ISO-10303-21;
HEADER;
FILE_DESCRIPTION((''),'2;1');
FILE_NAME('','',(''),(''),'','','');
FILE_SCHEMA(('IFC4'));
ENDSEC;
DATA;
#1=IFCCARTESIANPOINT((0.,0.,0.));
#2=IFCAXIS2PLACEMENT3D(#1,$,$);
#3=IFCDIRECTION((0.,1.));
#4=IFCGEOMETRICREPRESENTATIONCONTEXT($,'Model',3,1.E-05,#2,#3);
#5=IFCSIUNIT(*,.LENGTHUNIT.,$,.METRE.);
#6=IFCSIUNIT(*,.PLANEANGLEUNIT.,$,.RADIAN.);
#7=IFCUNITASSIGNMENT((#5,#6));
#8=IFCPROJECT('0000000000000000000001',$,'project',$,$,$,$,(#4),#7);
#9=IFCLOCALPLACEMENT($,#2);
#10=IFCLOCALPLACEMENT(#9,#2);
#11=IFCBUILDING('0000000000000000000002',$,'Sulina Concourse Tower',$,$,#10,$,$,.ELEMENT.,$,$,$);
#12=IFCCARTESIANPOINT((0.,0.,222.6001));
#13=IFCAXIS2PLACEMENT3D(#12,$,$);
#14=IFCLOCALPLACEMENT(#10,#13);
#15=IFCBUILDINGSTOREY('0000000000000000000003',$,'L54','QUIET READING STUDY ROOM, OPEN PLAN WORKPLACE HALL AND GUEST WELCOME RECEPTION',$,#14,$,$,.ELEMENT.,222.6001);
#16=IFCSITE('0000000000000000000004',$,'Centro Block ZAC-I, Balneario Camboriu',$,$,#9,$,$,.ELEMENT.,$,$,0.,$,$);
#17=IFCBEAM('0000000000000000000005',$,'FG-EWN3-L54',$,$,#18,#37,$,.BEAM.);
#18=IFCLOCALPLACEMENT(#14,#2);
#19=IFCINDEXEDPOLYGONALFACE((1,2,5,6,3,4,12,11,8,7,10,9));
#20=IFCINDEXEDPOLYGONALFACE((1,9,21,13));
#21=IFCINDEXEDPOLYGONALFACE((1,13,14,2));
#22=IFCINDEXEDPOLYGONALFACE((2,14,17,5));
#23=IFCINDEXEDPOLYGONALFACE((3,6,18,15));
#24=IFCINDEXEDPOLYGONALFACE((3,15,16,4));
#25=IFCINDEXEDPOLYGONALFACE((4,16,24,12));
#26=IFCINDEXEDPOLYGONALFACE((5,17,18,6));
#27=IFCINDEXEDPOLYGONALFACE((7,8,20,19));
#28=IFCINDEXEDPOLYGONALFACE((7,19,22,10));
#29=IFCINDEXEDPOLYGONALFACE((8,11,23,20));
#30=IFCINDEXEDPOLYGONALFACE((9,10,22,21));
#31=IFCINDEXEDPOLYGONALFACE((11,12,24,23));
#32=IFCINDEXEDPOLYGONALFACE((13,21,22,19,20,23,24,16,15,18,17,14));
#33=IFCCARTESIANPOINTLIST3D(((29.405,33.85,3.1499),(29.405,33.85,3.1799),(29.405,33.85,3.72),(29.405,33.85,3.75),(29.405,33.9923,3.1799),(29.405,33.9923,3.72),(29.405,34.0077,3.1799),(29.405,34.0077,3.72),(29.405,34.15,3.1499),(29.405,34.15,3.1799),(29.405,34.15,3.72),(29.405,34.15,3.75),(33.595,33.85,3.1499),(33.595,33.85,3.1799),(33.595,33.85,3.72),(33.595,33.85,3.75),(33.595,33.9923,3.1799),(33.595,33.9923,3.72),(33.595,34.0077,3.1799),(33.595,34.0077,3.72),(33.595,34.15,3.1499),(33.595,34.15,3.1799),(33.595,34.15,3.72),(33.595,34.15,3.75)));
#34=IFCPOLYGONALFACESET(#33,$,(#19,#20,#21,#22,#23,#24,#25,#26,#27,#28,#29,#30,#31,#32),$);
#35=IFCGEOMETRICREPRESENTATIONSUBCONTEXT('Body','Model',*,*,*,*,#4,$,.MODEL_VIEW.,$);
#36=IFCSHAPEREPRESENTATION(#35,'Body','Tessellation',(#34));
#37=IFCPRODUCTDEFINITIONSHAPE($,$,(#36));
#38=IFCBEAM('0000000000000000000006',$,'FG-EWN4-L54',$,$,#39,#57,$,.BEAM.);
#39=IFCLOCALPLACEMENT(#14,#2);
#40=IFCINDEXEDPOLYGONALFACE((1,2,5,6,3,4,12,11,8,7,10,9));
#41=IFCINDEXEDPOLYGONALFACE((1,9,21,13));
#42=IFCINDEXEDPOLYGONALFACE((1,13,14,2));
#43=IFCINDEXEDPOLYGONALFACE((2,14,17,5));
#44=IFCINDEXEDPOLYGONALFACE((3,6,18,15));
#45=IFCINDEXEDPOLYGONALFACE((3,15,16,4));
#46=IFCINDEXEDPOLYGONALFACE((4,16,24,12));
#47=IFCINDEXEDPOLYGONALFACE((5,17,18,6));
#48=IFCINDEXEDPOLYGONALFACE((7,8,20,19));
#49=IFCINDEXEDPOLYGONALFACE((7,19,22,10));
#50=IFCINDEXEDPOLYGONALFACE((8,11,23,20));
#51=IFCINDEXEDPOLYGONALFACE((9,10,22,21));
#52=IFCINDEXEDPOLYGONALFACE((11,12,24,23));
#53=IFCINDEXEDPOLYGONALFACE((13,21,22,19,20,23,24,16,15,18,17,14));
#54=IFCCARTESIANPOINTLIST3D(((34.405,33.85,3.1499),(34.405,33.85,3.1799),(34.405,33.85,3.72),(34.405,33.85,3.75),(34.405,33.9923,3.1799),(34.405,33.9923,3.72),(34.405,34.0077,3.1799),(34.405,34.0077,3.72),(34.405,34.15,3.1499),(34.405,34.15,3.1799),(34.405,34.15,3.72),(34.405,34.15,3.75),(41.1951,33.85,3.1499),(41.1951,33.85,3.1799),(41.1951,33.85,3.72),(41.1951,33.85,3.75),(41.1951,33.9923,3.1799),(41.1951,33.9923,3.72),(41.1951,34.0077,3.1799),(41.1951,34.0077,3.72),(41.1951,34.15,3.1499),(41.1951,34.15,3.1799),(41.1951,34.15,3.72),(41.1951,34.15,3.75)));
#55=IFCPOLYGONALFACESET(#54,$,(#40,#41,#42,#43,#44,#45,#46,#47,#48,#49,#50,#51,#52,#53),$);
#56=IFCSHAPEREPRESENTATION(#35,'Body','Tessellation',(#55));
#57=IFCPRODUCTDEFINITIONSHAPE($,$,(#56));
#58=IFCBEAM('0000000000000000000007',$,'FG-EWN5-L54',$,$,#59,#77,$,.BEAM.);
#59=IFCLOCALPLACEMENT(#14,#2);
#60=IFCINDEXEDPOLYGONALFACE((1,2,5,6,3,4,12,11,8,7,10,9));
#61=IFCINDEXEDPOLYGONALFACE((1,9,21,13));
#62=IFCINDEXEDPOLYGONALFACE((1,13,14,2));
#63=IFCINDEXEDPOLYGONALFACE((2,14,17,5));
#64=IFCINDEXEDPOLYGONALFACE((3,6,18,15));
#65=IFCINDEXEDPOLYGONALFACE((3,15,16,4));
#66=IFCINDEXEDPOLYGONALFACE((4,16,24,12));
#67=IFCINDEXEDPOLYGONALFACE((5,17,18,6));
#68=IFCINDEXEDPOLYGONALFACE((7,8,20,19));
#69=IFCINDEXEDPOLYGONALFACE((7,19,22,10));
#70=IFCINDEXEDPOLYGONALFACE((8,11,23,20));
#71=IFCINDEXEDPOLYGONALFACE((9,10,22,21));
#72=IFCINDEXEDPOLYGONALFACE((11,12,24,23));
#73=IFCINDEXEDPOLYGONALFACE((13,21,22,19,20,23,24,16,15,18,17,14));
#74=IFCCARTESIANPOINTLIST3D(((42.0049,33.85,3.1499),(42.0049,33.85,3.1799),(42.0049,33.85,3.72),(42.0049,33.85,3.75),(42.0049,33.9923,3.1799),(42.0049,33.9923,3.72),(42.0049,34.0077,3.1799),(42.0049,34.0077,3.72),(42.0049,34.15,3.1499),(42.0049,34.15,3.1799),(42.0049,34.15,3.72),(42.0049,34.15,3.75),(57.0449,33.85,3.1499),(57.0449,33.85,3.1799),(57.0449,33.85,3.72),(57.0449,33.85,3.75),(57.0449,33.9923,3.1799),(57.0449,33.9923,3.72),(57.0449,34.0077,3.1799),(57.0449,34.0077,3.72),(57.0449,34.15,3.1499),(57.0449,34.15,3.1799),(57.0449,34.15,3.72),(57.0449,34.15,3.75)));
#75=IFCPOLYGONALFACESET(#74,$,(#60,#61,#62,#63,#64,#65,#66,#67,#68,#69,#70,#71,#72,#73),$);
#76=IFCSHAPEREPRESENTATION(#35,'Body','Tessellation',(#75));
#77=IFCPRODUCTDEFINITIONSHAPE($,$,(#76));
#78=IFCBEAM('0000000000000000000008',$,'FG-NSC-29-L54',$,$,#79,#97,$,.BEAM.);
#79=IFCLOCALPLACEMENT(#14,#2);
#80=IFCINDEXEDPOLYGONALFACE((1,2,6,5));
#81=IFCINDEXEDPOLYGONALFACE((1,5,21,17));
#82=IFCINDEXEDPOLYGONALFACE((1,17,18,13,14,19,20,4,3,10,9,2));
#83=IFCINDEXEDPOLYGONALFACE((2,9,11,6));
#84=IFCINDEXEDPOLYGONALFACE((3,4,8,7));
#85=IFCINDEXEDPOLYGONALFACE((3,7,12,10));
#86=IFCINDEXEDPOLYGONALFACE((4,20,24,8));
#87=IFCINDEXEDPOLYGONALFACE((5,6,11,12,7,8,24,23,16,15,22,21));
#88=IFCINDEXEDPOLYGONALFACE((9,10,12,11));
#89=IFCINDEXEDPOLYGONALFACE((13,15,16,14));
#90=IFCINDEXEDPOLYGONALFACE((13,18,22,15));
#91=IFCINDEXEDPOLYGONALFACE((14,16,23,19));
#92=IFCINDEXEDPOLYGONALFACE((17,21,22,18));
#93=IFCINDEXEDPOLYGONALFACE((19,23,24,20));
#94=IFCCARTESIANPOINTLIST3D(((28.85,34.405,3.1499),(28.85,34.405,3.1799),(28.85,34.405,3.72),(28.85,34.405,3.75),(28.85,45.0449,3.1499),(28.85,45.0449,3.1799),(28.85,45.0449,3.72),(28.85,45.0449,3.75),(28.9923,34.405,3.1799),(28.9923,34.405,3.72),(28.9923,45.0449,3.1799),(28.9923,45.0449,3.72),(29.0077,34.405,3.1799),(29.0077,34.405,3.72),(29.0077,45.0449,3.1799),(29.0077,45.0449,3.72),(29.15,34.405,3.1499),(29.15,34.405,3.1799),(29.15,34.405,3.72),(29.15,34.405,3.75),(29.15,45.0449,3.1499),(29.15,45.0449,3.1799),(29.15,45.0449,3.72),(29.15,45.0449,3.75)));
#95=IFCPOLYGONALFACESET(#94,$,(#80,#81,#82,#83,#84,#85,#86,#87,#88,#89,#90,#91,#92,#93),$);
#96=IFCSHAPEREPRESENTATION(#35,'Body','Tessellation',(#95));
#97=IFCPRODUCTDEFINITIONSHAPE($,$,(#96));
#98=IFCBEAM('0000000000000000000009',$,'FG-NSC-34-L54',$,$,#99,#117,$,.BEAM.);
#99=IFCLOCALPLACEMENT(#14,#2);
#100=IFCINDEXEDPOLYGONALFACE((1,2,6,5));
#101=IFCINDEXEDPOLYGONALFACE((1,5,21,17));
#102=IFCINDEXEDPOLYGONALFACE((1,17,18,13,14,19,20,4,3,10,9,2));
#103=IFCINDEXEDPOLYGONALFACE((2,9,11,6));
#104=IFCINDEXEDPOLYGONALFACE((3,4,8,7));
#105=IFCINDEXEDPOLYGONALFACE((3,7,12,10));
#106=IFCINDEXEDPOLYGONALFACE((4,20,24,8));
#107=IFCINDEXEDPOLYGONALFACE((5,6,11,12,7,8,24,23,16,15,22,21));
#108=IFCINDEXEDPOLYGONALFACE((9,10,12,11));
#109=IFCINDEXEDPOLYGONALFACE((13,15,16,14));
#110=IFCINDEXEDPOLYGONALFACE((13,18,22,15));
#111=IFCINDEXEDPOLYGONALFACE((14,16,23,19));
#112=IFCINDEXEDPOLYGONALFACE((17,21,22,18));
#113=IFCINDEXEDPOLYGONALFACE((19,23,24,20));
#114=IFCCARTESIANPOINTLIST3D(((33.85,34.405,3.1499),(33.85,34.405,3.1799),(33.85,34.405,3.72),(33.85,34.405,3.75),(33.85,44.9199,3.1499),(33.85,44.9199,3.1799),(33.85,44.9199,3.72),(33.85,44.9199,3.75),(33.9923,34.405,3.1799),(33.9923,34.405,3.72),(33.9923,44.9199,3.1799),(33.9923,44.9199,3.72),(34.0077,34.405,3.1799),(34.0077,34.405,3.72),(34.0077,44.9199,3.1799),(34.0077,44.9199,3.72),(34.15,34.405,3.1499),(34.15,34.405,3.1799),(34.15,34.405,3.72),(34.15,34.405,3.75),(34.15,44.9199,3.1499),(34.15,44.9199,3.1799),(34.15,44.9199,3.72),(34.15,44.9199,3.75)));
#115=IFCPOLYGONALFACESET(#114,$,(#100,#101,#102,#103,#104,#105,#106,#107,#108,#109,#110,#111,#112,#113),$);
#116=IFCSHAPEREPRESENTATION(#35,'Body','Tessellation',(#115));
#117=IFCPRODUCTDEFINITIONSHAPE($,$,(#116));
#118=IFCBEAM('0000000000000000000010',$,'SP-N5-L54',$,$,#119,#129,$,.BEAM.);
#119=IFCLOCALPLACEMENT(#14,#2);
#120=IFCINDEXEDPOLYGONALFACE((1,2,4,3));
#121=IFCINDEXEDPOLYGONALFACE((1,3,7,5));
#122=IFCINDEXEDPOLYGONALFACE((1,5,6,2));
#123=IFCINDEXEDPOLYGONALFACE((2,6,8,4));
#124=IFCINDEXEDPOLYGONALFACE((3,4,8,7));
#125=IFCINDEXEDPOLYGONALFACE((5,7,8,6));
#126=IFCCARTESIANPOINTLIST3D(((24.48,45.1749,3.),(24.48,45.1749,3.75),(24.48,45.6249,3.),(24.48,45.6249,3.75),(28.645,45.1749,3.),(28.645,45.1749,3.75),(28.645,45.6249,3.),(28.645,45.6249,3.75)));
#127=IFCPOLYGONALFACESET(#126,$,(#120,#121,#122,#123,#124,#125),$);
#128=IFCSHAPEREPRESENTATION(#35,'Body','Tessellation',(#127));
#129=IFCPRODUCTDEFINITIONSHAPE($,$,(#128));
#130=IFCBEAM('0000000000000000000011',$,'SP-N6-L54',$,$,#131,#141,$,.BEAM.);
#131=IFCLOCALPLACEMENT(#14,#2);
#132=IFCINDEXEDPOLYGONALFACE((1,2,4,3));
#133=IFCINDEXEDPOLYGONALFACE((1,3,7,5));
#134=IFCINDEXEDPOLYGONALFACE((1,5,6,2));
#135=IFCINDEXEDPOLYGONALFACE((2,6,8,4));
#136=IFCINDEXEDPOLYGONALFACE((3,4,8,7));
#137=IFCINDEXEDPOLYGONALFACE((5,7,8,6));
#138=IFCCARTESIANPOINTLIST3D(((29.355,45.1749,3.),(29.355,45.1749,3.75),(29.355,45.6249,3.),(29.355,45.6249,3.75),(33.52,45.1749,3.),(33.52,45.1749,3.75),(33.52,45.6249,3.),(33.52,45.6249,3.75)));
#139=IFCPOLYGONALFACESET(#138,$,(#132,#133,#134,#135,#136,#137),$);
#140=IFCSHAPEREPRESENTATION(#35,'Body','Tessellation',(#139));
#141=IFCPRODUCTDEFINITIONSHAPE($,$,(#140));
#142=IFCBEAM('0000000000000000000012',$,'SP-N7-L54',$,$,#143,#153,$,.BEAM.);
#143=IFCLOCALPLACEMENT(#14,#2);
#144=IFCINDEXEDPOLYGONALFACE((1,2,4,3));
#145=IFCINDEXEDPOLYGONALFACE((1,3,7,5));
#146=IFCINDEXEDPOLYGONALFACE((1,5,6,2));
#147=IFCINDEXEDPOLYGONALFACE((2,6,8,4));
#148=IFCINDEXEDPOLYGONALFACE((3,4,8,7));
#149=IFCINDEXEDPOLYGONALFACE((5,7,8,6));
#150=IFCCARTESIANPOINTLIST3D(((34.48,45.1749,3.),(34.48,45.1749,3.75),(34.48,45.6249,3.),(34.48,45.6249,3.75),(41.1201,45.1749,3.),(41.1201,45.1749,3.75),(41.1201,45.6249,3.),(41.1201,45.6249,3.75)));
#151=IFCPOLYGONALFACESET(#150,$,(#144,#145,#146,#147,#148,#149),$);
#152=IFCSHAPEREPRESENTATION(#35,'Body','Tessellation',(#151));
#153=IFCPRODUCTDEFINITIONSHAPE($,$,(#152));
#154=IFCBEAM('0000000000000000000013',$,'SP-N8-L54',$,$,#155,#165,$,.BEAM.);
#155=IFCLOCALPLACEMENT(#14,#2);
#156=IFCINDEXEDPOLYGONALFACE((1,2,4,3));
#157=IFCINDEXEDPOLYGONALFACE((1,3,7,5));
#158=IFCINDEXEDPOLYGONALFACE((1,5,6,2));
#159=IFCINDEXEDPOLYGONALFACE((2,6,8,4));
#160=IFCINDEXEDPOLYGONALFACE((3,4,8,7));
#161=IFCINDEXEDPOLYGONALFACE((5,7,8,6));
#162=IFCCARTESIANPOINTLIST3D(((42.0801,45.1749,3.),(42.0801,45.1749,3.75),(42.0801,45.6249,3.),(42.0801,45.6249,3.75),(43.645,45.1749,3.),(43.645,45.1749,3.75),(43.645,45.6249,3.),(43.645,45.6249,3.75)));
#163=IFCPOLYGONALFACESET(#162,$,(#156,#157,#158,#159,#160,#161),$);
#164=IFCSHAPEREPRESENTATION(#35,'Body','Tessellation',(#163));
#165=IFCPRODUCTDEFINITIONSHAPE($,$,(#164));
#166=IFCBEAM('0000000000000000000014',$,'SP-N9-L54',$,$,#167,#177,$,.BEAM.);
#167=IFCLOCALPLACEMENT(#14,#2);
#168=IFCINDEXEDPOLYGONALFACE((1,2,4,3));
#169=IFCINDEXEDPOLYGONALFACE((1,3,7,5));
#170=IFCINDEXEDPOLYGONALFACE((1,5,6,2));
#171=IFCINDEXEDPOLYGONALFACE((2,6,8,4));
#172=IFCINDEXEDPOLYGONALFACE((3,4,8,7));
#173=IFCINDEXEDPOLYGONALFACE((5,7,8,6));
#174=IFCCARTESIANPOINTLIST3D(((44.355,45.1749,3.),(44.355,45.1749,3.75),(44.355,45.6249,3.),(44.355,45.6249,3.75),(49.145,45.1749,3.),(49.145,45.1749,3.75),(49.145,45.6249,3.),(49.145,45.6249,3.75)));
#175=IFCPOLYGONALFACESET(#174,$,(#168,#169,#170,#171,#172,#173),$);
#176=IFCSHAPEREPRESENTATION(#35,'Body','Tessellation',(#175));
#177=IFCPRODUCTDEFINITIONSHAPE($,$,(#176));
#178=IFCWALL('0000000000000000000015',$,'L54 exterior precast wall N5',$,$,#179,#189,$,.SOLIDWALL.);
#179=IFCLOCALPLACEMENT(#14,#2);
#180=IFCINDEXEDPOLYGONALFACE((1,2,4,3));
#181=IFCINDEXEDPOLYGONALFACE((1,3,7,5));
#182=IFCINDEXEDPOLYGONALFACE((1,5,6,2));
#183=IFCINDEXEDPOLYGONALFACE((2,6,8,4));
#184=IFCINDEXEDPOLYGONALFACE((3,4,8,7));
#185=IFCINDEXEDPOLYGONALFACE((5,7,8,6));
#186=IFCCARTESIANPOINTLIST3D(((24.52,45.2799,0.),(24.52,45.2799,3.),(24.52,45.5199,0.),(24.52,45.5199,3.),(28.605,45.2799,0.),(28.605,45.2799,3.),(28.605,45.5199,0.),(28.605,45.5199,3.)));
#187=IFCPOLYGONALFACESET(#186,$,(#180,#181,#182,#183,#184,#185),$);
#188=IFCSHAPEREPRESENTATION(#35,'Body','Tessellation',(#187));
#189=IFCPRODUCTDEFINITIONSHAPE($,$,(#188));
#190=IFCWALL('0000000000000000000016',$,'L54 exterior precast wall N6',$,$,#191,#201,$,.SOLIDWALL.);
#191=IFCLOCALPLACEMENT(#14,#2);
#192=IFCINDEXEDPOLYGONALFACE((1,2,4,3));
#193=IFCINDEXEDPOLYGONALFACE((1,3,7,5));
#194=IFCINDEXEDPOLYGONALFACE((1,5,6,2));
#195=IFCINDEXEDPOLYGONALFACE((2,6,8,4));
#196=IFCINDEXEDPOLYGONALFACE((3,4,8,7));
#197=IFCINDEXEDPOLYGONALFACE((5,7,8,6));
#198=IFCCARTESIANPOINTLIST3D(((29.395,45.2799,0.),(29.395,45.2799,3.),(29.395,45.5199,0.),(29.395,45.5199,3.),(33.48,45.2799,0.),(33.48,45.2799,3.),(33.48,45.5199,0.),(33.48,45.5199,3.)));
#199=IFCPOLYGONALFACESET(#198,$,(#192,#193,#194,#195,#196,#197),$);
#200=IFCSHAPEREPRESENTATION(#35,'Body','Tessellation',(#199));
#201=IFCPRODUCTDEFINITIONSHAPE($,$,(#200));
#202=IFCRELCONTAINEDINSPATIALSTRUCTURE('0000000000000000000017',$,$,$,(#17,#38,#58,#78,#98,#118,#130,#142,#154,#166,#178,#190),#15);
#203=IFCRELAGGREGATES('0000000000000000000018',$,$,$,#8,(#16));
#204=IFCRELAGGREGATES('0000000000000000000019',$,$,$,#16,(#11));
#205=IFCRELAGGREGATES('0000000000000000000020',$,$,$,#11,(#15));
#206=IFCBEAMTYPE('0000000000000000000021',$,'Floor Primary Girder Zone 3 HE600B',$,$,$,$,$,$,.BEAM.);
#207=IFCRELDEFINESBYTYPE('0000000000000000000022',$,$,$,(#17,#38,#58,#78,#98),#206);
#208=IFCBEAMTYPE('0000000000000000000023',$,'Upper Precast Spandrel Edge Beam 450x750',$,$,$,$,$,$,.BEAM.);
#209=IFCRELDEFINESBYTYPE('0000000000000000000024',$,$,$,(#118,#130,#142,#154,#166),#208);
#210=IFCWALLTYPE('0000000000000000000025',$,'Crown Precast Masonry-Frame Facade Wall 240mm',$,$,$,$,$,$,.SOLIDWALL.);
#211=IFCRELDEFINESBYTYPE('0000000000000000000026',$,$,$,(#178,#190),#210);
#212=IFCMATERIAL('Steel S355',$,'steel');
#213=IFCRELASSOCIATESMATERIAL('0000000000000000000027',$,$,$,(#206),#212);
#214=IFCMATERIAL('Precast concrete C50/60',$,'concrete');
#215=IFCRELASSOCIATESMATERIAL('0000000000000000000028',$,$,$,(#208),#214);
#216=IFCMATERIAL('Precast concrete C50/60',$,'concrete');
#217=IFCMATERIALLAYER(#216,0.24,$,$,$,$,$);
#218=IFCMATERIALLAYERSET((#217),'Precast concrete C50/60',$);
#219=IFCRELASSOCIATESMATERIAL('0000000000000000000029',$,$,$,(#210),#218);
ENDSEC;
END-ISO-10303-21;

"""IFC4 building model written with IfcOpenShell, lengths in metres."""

from ifc_helpers import new_model, si_unit, direction, frame, frame_2d, origin, origin_2d, place, context, subcontext, project, spatial, rectangle, i_section, extrude, material, layer, layer_set, material_profile, profile_set, type_object, element, save


model = new_model("IFC4")

# Units and contexts
model_context = context("Model", 3, precision=1e-05, world=origin(), true_north=direction((0.0, 1.0)))
body_context = subcontext(model_context, "Body", "Model", "MODEL_VIEW")
ifc_project = project(units=[si_unit("LENGTHUNIT", "METRE"), si_unit("PLANEANGLEUNIT", "RADIAN")], contexts=[model_context])

# Site, building, storey
site_placement = place(None, origin())
site = spatial("IfcSite", under=ifc_project, at=site_placement, Name="Centro Block ZAC-I, Balneario Camboriu", CompositionType="ELEMENT", RefElevation=0.0)
building_placement = place(site_placement, origin())
building = spatial("IfcBuilding", under=site, at=building_placement, Name="Sulina Concourse Tower", CompositionType="ELEMENT")
storey_placement = place(building_placement, frame((0.0, 0.0, 222.6001)))
storey = spatial("IfcBuildingStorey", under=building, at=storey_placement, Name="L54", Description="QUIET READING STUDY ROOM, OPEN PLAN WORKPLACE HALL AND GUEST WELCOME RECEPTION", CompositionType="ELEMENT", Elevation=222.6001)

# Beams
ifc_material_1 = material(Name="Steel S355", Category="steel")
ifc_material_profile_1 = material_profile(ifc_material_1, i_section(OverallWidth=0.3, OverallDepth=0.6001, WebThickness=0.0154, FlangeThickness=0.03, at=origin_2d()), Name="HE 600 B")
ifc_profile_set_1 = profile_set([ifc_material_profile_1], Name="Steel S355")
beam_type_1 = type_object("IfcBeamType", Name="Floor Primary Girder Zone 3 HE600B", PredefinedType="BEAM", material=ifc_profile_set_1)
beam_1_placement = place(storey_placement, frame((29.405, 34.0, 3.45), z_axis=(1.0, 0.0, 0.0), x_axis=(0.0, 1.0, 0.0)))
element("IfcBeam", 1, at=beam_1_placement, inside=storey, type_object=beam_type_1, Name="FG-EWN3-L54", PredefinedType="BEAM", context=body_context, shape_type="SweptSolid", body=[
    extrude(i_section(OverallWidth=0.3, OverallDepth=0.6001, WebThickness=0.0154, FlangeThickness=0.03, at=origin_2d()), origin(), (0.0, 0.0, 1.0), 4.1899),
])
beam_2_placement = place(storey_placement, frame((34.405, 34.0, 3.45), z_axis=(1.0, 0.0, 0.0), x_axis=(0.0, 1.0, 0.0)))
element("IfcBeam", 2, at=beam_2_placement, inside=storey, type_object=beam_type_1, Name="FG-EWN4-L54", PredefinedType="BEAM", context=body_context, shape_type="SweptSolid", body=[
    extrude(i_section(OverallWidth=0.3, OverallDepth=0.6001, WebThickness=0.0154, FlangeThickness=0.03, at=origin_2d()), origin(), (0.0, 0.0, 1.0), 6.79),
])
beam_3_placement = place(storey_placement, frame((42.0049, 34.0, 3.45), z_axis=(1.0, 0.0, 0.0), x_axis=(0.0, 1.0, 0.0)))
element("IfcBeam", 3, at=beam_3_placement, inside=storey, type_object=beam_type_1, Name="FG-EWN5-L54", PredefinedType="BEAM", context=body_context, shape_type="SweptSolid", body=[
    extrude(i_section(OverallWidth=0.3, OverallDepth=0.6001, WebThickness=0.0154, FlangeThickness=0.03, at=origin_2d()), origin(), (0.0, 0.0, 1.0), 15.04),
])
beam_4_placement = place(storey_placement, frame((29.0, 34.405, 3.45), z_axis=(0.0, 1.0, 0.0), x_axis=(-1.0, 0.0, 0.0)))
element("IfcBeam", 4, at=beam_4_placement, inside=storey, type_object=beam_type_1, Name="FG-NSC-29-L54", PredefinedType="BEAM", context=body_context, shape_type="SweptSolid", body=[
    extrude(i_section(OverallWidth=0.3, OverallDepth=0.6001, WebThickness=0.0154, FlangeThickness=0.03, at=origin_2d()), origin(), (0.0, 0.0, 1.0), 10.6399),
])
beam_5_placement = place(storey_placement, frame((34.0, 34.405, 3.45), z_axis=(0.0, 1.0, 0.0), x_axis=(-1.0, 0.0, 0.0)))
element("IfcBeam", 5, at=beam_5_placement, inside=storey, type_object=beam_type_1, Name="FG-NSC-34-L54", PredefinedType="BEAM", context=body_context, shape_type="SweptSolid", body=[
    extrude(i_section(OverallWidth=0.3, OverallDepth=0.6001, WebThickness=0.0154, FlangeThickness=0.03, at=origin_2d()), origin(), (0.0, 0.0, 1.0), 10.5149),
])
ifc_material_2 = material(Name="Precast concrete C50/60", Category="concrete")
ifc_material_profile_2 = material_profile(ifc_material_2, rectangle(XDim=0.45, YDim=0.75, at=origin_2d()), Name="RC 450x750")
ifc_profile_set_2 = profile_set([ifc_material_profile_2], Name="Precast concrete C50/60")
beam_type_2 = type_object("IfcBeamType", Name="Upper Precast Spandrel Edge Beam 450x750", PredefinedType="BEAM", material=ifc_profile_set_2)
for number, where, z_axis, x_axis, name in (
    (6, (24.48, 45.3999, 3.375), (1.0, 0.0, 0.0), (0.0, 1.0, 0.0), "SP-N5-L54"),
    (7, (29.355, 45.3999, 3.375), (1.0, 0.0, 0.0), (0.0, 1.0, 0.0), "SP-N6-L54"),
):
    element("IfcBeam", number, at=place(storey_placement, frame(where, z_axis=z_axis, x_axis=x_axis)), inside=storey, type_object=beam_type_2, Name=name, PredefinedType="BEAM", context=body_context, shape_type="SweptSolid", body=[
        extrude(rectangle(XDim=0.45, YDim=0.75, at=origin_2d()), origin(), (0.0, 0.0, 1.0), 4.165),
    ])
beam_6_placement = place(storey_placement, frame((34.48, 45.3999, 3.375), z_axis=(1.0, 0.0, 0.0), x_axis=(0.0, 1.0, 0.0)))
element("IfcBeam", 8, at=beam_6_placement, inside=storey, type_object=beam_type_2, Name="SP-N7-L54", PredefinedType="BEAM", context=body_context, shape_type="SweptSolid", body=[
    extrude(rectangle(XDim=0.45, YDim=0.75, at=origin_2d()), origin(), (0.0, 0.0, 1.0), 6.6401),
])
beam_7_placement = place(storey_placement, frame((42.0801, 45.3999, 3.375), z_axis=(1.0, 0.0, 0.0), x_axis=(0.0, 1.0, 0.0)))
element("IfcBeam", 9, at=beam_7_placement, inside=storey, type_object=beam_type_2, Name="SP-N8-L54", PredefinedType="BEAM", context=body_context, shape_type="SweptSolid", body=[
    extrude(rectangle(XDim=0.45, YDim=0.75, at=origin_2d()), origin(), (0.0, 0.0, 1.0), 1.5649),
])
beam_8_placement = place(storey_placement, frame((44.355, 45.3999, 3.375), z_axis=(1.0, 0.0, 0.0), x_axis=(0.0, 1.0, 0.0)))
element("IfcBeam", 10, at=beam_8_placement, inside=storey, type_object=beam_type_2, Name="SP-N9-L54", PredefinedType="BEAM", context=body_context, shape_type="SweptSolid", body=[
    extrude(rectangle(XDim=0.45, YDim=0.75, at=origin_2d()), origin(), (0.0, 0.0, 1.0), 4.79),
])

# Walls
ifc_material_3 = material(Name="Precast concrete C50/60", Category="concrete")
ifc_layer_1 = layer(ifc_material_3, 0.24)
ifc_layer_set_1 = layer_set([ifc_layer_1], Name="Precast concrete C50/60")
wall_type_1 = type_object("IfcWallType", Name="Crown Precast Masonry-Frame Facade Wall 240mm", PredefinedType="SOLIDWALL", material=ifc_layer_set_1)
for number, where, z_axis, x_axis, name in (
    (11, (24.52, 45.3999, 0.0), (0.0, 0.0, 1.0), (1.0, 0.0, 0.0), "L54 exterior precast wall N5"),
    (12, (29.395, 45.3999, 0.0), (0.0, 0.0, 1.0), (1.0, 0.0, 0.0), "L54 exterior precast wall N6"),
):
    element("IfcWall", number, at=place(storey_placement, frame(where, z_axis=z_axis, x_axis=x_axis)), inside=storey, type_object=wall_type_1, Name=name, PredefinedType="SOLIDWALL", context=body_context, shape_type="SweptSolid", body=[
        extrude(rectangle(XDim=4.085, YDim=0.24, at=frame_2d((2.0425, 0.0))), origin(), (0.0, 0.0, 1.0), 3.0),
    ])

save(model, "model.ifc")
